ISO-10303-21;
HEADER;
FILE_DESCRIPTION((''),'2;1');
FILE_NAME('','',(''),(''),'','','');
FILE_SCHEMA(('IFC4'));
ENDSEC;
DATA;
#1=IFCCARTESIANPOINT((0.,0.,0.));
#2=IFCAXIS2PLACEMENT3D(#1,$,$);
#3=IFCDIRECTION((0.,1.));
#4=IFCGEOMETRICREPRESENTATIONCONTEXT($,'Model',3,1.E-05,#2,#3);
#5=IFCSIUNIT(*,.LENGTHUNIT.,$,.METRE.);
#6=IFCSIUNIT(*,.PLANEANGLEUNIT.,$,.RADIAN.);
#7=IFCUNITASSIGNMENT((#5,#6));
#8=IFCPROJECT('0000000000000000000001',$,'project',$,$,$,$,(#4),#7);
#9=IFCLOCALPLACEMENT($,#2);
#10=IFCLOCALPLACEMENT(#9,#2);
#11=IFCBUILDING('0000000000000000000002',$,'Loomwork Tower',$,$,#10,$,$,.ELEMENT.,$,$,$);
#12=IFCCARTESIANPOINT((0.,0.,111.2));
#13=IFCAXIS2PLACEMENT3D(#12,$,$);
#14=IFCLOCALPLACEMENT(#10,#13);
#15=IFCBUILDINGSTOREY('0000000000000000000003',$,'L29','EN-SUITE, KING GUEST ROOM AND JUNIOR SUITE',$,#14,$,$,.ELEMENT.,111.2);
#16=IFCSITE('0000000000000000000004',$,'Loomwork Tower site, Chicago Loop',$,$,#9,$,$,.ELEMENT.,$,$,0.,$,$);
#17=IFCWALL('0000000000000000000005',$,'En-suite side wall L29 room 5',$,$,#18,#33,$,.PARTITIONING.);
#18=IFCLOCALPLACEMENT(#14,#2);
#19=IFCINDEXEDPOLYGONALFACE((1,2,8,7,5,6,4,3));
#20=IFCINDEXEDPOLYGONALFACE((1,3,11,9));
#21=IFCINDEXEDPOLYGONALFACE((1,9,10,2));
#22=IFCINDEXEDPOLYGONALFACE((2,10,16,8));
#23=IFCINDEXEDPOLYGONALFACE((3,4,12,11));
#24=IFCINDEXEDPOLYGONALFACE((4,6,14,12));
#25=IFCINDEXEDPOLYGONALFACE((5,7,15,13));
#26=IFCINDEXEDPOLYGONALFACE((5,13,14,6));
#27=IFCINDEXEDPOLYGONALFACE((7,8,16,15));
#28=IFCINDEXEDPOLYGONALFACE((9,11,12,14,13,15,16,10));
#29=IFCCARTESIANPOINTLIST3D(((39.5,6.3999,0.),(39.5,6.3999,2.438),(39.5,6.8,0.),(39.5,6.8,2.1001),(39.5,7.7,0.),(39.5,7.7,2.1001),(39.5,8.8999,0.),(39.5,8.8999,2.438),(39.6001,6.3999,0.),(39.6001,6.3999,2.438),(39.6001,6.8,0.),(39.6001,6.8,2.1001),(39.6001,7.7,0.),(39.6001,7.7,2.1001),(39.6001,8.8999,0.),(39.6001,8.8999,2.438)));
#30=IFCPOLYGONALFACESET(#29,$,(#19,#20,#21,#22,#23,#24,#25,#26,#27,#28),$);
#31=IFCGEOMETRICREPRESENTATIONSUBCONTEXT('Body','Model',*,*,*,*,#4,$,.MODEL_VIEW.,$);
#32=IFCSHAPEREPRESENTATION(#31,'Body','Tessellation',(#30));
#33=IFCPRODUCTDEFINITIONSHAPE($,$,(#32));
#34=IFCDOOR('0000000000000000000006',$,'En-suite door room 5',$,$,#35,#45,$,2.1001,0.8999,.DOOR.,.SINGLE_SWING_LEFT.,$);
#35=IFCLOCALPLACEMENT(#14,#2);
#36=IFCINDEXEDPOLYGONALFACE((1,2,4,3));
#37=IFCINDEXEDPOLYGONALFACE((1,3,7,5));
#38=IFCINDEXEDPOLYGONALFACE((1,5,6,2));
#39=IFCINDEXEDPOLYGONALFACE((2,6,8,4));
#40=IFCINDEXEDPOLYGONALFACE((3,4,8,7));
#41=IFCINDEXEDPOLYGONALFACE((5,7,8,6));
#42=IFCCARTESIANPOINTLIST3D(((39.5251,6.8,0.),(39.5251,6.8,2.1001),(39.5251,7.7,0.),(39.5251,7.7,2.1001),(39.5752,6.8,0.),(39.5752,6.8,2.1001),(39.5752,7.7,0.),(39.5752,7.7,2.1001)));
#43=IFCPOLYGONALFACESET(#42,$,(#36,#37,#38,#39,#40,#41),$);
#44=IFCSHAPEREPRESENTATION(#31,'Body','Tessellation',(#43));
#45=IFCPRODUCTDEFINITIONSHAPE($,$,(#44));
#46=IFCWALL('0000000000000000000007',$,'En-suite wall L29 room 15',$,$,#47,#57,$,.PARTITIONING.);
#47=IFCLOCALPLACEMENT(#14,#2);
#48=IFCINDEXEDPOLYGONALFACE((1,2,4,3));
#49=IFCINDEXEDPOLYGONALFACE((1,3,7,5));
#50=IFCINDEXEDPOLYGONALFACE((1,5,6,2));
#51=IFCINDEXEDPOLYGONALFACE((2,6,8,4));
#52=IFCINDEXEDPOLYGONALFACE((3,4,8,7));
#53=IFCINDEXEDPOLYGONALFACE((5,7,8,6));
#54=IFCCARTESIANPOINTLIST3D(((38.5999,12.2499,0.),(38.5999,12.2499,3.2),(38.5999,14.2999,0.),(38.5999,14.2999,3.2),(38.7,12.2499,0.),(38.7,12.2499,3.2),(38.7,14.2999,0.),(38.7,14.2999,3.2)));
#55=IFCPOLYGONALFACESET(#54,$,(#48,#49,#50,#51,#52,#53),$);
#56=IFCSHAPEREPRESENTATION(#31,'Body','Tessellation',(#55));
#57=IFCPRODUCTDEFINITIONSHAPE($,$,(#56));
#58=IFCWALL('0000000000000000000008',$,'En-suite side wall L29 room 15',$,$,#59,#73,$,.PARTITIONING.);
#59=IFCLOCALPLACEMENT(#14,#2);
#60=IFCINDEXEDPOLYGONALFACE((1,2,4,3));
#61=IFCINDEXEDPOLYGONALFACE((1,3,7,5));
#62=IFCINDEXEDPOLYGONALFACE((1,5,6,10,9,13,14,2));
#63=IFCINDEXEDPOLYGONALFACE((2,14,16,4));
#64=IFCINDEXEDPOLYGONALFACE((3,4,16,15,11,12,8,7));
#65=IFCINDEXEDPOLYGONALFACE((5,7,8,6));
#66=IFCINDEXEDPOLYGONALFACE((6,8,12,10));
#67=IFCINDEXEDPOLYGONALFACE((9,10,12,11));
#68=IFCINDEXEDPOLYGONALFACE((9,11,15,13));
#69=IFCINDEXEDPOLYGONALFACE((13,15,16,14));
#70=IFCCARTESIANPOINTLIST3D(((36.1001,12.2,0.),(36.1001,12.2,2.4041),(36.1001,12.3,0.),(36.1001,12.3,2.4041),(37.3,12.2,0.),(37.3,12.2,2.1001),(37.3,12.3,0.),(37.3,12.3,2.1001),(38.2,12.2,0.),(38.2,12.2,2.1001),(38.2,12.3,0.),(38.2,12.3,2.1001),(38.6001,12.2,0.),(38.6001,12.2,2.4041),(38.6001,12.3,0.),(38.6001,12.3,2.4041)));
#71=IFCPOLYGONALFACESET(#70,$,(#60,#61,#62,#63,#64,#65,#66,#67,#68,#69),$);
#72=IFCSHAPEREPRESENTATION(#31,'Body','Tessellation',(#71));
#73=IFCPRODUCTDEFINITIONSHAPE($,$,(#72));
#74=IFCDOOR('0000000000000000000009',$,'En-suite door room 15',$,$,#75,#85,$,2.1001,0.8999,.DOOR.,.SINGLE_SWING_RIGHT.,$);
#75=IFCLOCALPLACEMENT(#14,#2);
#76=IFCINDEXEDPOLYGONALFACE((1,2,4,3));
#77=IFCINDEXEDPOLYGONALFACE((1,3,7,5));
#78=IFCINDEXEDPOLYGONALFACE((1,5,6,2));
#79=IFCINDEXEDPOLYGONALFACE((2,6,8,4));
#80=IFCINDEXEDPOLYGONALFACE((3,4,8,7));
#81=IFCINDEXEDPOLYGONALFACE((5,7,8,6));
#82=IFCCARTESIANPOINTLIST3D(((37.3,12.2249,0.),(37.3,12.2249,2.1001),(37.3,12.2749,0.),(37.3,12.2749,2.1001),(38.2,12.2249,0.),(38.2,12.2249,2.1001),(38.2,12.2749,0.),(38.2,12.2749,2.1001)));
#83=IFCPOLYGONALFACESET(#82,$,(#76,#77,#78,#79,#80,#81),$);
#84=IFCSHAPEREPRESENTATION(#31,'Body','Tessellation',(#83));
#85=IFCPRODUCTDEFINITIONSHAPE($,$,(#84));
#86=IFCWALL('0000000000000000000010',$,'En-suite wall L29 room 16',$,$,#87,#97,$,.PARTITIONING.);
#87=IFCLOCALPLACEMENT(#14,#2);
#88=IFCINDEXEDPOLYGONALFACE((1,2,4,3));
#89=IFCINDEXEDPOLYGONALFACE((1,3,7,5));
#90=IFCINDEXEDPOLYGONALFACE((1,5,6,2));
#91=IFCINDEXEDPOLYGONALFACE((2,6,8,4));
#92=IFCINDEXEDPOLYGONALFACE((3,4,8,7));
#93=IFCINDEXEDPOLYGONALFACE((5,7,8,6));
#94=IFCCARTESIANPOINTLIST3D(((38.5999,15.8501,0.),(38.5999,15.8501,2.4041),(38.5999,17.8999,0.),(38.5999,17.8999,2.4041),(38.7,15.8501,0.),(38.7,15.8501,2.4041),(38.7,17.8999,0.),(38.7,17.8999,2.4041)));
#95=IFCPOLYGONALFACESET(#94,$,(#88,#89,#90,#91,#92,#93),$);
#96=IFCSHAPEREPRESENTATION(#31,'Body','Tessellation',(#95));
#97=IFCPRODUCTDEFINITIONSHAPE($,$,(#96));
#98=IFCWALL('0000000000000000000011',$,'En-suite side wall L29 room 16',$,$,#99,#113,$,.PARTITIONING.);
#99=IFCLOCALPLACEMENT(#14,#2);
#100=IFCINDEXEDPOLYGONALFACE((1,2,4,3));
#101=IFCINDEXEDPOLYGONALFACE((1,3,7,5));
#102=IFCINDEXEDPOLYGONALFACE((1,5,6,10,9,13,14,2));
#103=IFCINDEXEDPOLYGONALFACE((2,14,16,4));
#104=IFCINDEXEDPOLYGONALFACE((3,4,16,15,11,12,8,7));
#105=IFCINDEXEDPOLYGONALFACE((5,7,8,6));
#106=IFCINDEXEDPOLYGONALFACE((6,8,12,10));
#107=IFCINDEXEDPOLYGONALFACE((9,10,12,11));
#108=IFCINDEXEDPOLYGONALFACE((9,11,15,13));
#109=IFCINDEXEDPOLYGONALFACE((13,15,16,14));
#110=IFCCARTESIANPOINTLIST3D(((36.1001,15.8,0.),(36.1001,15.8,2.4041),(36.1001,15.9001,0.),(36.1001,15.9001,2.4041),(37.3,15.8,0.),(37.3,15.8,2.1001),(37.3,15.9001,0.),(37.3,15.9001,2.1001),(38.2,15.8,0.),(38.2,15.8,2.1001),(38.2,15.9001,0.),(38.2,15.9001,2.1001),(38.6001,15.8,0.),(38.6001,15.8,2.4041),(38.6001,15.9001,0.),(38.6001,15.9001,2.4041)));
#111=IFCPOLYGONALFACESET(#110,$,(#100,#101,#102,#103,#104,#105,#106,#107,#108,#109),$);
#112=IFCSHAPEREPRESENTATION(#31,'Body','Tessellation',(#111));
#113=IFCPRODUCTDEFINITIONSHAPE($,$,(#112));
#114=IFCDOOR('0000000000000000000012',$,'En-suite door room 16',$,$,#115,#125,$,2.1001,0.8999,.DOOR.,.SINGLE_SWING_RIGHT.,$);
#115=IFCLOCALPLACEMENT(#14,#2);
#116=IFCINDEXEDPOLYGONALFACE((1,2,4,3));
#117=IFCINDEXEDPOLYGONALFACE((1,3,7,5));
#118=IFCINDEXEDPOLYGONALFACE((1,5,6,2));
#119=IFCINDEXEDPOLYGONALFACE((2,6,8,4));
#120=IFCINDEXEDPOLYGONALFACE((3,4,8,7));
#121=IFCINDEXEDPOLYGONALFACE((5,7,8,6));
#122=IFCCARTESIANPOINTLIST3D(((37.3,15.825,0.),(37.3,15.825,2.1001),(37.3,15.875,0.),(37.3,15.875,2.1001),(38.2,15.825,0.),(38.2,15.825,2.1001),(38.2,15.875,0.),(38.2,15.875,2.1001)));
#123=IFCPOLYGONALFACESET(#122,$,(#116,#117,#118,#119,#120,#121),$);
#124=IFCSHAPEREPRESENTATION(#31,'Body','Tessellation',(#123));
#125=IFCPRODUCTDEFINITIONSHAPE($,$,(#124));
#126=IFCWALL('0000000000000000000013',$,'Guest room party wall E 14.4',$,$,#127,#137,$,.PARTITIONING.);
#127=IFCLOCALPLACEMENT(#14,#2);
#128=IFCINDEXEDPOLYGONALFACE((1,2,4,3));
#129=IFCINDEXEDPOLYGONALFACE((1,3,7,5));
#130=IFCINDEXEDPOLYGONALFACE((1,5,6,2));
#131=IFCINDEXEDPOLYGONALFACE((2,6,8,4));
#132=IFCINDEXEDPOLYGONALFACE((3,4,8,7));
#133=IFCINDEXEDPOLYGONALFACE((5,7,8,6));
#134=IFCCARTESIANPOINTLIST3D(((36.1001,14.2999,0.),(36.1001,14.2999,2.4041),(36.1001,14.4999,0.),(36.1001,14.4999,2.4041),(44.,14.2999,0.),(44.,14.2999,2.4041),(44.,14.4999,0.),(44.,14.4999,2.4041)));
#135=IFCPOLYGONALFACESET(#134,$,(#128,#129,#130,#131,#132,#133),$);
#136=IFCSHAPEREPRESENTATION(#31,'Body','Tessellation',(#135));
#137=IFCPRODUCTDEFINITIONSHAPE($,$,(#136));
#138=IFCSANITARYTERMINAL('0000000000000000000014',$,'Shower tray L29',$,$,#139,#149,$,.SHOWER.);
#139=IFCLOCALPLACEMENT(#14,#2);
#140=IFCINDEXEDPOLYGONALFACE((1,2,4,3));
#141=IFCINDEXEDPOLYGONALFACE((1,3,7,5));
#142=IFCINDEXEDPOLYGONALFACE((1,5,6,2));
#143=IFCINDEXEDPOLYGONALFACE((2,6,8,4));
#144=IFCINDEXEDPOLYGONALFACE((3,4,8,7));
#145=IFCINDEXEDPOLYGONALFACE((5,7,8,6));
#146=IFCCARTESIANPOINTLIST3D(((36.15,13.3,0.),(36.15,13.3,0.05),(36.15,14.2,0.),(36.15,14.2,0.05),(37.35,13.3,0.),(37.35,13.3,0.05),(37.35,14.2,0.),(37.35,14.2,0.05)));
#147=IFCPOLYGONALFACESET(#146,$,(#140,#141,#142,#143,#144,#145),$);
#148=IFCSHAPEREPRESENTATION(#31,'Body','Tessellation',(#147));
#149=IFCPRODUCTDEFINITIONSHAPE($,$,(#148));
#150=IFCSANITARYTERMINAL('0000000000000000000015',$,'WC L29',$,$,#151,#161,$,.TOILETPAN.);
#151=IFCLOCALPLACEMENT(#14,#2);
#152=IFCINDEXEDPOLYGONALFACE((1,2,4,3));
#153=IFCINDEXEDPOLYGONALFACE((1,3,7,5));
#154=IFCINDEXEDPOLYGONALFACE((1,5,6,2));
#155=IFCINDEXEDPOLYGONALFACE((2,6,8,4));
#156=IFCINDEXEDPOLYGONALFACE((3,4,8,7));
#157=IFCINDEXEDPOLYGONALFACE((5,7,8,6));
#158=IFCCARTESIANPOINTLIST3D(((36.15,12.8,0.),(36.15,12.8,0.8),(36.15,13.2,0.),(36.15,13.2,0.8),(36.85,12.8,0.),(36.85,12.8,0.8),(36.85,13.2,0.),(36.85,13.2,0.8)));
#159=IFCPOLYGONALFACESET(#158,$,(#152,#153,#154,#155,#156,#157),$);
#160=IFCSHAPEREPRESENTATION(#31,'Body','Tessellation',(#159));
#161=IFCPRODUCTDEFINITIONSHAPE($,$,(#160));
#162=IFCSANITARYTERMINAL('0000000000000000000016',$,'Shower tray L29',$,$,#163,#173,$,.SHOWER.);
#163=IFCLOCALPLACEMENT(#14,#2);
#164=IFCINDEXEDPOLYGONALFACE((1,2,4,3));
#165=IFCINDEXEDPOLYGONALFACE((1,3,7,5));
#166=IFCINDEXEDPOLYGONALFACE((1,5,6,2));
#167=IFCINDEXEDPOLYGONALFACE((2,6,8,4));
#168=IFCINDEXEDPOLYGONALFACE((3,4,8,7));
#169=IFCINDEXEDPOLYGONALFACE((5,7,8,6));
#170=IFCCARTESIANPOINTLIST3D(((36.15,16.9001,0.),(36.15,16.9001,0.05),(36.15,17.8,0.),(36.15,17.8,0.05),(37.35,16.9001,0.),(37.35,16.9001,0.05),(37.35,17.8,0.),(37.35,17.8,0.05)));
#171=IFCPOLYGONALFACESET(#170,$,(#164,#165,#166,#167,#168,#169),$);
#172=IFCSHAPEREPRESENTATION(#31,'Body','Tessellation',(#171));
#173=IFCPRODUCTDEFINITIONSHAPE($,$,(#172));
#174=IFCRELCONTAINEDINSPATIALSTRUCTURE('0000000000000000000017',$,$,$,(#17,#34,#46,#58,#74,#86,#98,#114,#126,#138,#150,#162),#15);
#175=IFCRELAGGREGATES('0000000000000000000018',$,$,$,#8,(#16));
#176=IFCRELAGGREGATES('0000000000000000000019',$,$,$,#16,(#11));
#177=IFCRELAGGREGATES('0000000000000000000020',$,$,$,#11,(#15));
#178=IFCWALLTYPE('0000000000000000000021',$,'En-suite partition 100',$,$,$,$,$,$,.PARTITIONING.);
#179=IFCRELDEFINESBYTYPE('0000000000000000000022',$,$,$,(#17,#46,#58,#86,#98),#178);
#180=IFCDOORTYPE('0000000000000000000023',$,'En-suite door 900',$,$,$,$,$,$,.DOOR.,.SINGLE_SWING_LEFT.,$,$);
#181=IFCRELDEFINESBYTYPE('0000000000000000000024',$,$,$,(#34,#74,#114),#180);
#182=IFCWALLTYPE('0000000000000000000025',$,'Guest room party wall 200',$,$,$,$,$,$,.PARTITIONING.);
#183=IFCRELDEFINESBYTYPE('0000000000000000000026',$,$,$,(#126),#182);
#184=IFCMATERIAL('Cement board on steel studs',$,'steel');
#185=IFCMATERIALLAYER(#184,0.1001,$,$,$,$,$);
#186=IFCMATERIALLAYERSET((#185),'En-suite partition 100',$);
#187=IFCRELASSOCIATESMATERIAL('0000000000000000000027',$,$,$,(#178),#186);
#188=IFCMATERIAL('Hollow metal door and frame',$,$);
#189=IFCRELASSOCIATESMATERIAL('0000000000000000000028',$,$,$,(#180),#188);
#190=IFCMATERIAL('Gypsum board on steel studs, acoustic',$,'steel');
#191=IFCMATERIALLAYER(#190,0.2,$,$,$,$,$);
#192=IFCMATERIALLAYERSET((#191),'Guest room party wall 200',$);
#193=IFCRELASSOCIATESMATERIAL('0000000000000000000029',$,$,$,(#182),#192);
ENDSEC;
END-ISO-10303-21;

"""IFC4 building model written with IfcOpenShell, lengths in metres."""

from ifc_helpers import new_model, si_unit, direction, frame, frame_2d, origin, origin_2d, place, context, subcontext, project, spatial, rectangle, extrude, material, layer, layer_set, type_object, element, fill, save


model = new_model("IFC4")

# Units and contexts
model_context = context("Model", 3, precision=1e-05, world=origin(), true_north=direction((0.0, 1.0)))
body_context = subcontext(model_context, "Body", "Model", "MODEL_VIEW")
ifc_project = project(units=[si_unit("LENGTHUNIT", "METRE"), si_unit("PLANEANGLEUNIT", "RADIAN")], contexts=[model_context])

# Site, building, storey
site_placement = place(None, origin())
site = spatial("IfcSite", under=ifc_project, at=site_placement, Name="Loomwork Tower site, Chicago Loop", CompositionType="ELEMENT", RefElevation=0.0)
building_placement = place(site_placement, origin())
building = spatial("IfcBuilding", under=site, at=building_placement, Name="Loomwork Tower", CompositionType="ELEMENT")
storey_placement = place(building_placement, frame((0.0, 0.0, 111.2)))
storey = spatial("IfcBuildingStorey", under=building, at=storey_placement, Name="L29", Description="EN-SUITE, KING GUEST ROOM AND JUNIOR SUITE", CompositionType="ELEMENT", Elevation=111.2)

# Wall, opening, door
ifc_material_1 = material(Name="Cement board on steel studs", Category="steel")
ifc_layer_1 = layer(ifc_material_1, 0.1001)
ifc_layer_set_1 = layer_set([ifc_layer_1], Name="En-suite partition 100")
wall_type_1 = type_object("IfcWallType", Name="En-suite partition 100", PredefinedType="PARTITIONING", material=ifc_layer_set_1)
wall_1_placement = place(storey_placement, frame((39.55, 8.8999, 0.0), z_axis=(0.0, 0.0, 1.0), x_axis=(0.0, -1.0, 0.0)))
wall_1 = element("IfcWall", 1, at=wall_1_placement, inside=storey, type_object=wall_type_1, Name="En-suite side wall L29 room 5", PredefinedType="PARTITIONING", context=body_context, shape_type="SweptSolid", body=[
    extrude(rectangle(XDim=2.5, YDim=0.1001, at=frame_2d((1.25, 0.0))), origin(), (0.0, 0.0, 1.0), 2.438),
])
opening_1_placement = place(wall_1_placement, frame((1.2, 0.0, 0.0)))
opening_1 = element("IfcOpeningElement", 2, at=opening_1_placement, cuts=wall_1, PredefinedType="OPENING", context=body_context, shape_type="SweptSolid", body=[
    extrude(rectangle(XDim=0.8999, YDim=2.1001, at=frame_2d((0.45, 1.05))), frame((0.0, 0.0601, 0.0), z_axis=(0.0, -1.0, 0.0), x_axis=(1.0, 0.0, 0.0)), (0.0, 0.0, 1.0), 0.1201),
])
ifc_material_2 = material(Name="Hollow metal door and frame")
door_type_1 = type_object("IfcDoorType", Name="En-suite door 900", OperationType="SINGLE_SWING_LEFT", PredefinedType="DOOR", material=ifc_material_2)
door_1_placement = place(opening_1_placement, frame((0.8999, 0.0, 0.0), z_axis=(0.0, 0.0, 1.0), x_axis=(-1.0, 0.0, 0.0)))
door_1 = element("IfcDoor", 3, at=door_1_placement, inside=storey, type_object=door_type_1, Name="En-suite door room 5", OperationType="SINGLE_SWING_LEFT", OverallHeight=2.1001, OverallWidth=0.8999, PredefinedType="DOOR", context=body_context, shape_type="SweptSolid", body=[
    extrude(rectangle(XDim=0.8999, YDim=2.1001, at=frame_2d((0.45, 1.05))), frame((0.0, 0.0249, 0.0), z_axis=(0.0, -1.0, 0.0), x_axis=(1.0, 0.0, 0.0)), (0.0, 0.0, 1.0), 0.05),
])
fill(opening_1, door_1)

# Wall
wall_2_placement = place(storey_placement, frame((38.6499, 12.25, 0.0), z_axis=(0.0, 0.0, 1.0), x_axis=(0.0, 1.0, 0.0)))
element("IfcWall", 4, at=wall_2_placement, inside=storey, type_object=wall_type_1, Name="En-suite wall L29 room 15", PredefinedType="PARTITIONING", context=body_context, shape_type="SweptSolid", body=[
    extrude(rectangle(XDim=2.05, YDim=0.1001, at=frame_2d((1.0249, 0.0))), origin(), (0.0, 0.0, 1.0), 3.2),
])

# Wall, opening, door
wall_3_placement = place(storey_placement, frame((36.1001, 12.25, 0.0), z_axis=(0.0, 0.0, 1.0), x_axis=(1.0, 0.0, 0.0)))
wall_3 = element("IfcWall", 5, at=wall_3_placement, inside=storey, type_object=wall_type_1, Name="En-suite side wall L29 room 15", PredefinedType="PARTITIONING", context=body_context, shape_type="SweptSolid", body=[
    extrude(rectangle(XDim=2.5, YDim=0.1001, at=frame_2d((1.25, 0.0))), origin(), (0.0, 0.0, 1.0), 2.4041),
])
opening_2_placement = place(wall_3_placement, frame((1.2, 0.0, 0.0)))
opening_2 = element("IfcOpeningElement", 6, at=opening_2_placement, cuts=wall_3, PredefinedType="OPENING", context=body_context, shape_type="SweptSolid", body=[
    extrude(rectangle(XDim=0.8999, YDim=2.1001, at=frame_2d((0.45, 1.05))), frame((0.0, 0.0601, 0.0), z_axis=(0.0, -1.0, 0.0), x_axis=(1.0, 0.0, 0.0)), (0.0, 0.0, 1.0), 0.1201),
])
door_2_placement = place(opening_2_placement, origin())
door_2 = element("IfcDoor", 7, at=door_2_placement, inside=storey, type_object=door_type_1, Name="En-suite door room 15", OperationType="SINGLE_SWING_RIGHT", OverallHeight=2.1001, OverallWidth=0.8999, PredefinedType="DOOR", context=body_context, shape_type="SweptSolid", body=[
    extrude(rectangle(XDim=0.8999, YDim=2.1001, at=frame_2d((0.45, 1.05))), frame((0.0, 0.0249, 0.0), z_axis=(0.0, -1.0, 0.0), x_axis=(1.0, 0.0, 0.0)), (0.0, 0.0, 1.0), 0.05),
])
fill(opening_2, door_2)

# Wall
wall_4_placement = place(storey_placement, frame((38.6499, 15.8501, 0.0), z_axis=(0.0, 0.0, 1.0), x_axis=(0.0, 1.0, 0.0)))
element("IfcWall", 8, at=wall_4_placement, inside=storey, type_object=wall_type_1, Name="En-suite wall L29 room 16", PredefinedType="PARTITIONING", context=body_context, shape_type="SweptSolid", body=[
    extrude(rectangle(XDim=2.0498, YDim=0.1001, at=frame_2d((1.0249, 0.0))), origin(), (0.0, 0.0, 1.0), 2.4041),
])

# Wall, opening, door
wall_5_placement = place(storey_placement, frame((36.1001, 15.8501, 0.0), z_axis=(0.0, 0.0, 1.0), x_axis=(1.0, 0.0, 0.0)))
wall_5 = element("IfcWall", 9, at=wall_5_placement, inside=storey, type_object=wall_type_1, Name="En-suite side wall L29 room 16", PredefinedType="PARTITIONING", context=body_context, shape_type="SweptSolid", body=[
    extrude(rectangle(XDim=2.5, YDim=0.1001, at=frame_2d((1.25, 0.0))), origin(), (0.0, 0.0, 1.0), 2.4041),
])
opening_3_placement = place(wall_5_placement, frame((1.2, 0.0, 0.0)))
opening_3 = element("IfcOpeningElement", 10, at=opening_3_placement, cuts=wall_5, PredefinedType="OPENING", context=body_context, shape_type="SweptSolid", body=[
    extrude(rectangle(XDim=0.8999, YDim=2.1001, at=frame_2d((0.45, 1.05))), frame((0.0, 0.0601, 0.0), z_axis=(0.0, -1.0, 0.0), x_axis=(1.0, 0.0, 0.0)), (0.0, 0.0, 1.0), 0.1201),
])
door_3_placement = place(opening_3_placement, origin())
door_3 = element("IfcDoor", 11, at=door_3_placement, inside=storey, type_object=door_type_1, Name="En-suite door room 16", OperationType="SINGLE_SWING_RIGHT", OverallHeight=2.1001, OverallWidth=0.8999, PredefinedType="DOOR", context=body_context, shape_type="SweptSolid", body=[
    extrude(rectangle(XDim=0.8999, YDim=2.1001, at=frame_2d((0.45, 1.05))), frame((0.0, 0.0249, 0.0), z_axis=(0.0, -1.0, 0.0), x_axis=(1.0, 0.0, 0.0)), (0.0, 0.0, 1.0), 0.05),
])
fill(opening_3, door_3)

# Wall
ifc_material_3 = material(Name="Gypsum board on steel studs, acoustic", Category="steel")
ifc_layer_2 = layer(ifc_material_3, 0.2)
ifc_layer_set_2 = layer_set([ifc_layer_2], Name="Guest room party wall 200")
wall_type_2 = type_object("IfcWallType", Name="Guest room party wall 200", PredefinedType="PARTITIONING", material=ifc_layer_set_2)
wall_6_placement = place(storey_placement, frame((36.1001, 14.3999, 0.0), z_axis=(0.0, 0.0, 1.0), x_axis=(1.0, 0.0, 0.0)))
element("IfcWall", 12, at=wall_6_placement, inside=storey, type_object=wall_type_2, Name="Guest room party wall E 14.4", PredefinedType="PARTITIONING", context=body_context, shape_type="SweptSolid", body=[
    extrude(rectangle(XDim=7.8999, YDim=0.2, at=frame_2d((3.95, 0.0))), origin(), (0.0, 0.0, 1.0), 2.4041),
])

# Sanitary terminals
sanitary_terminal_1_placement = place(storey_placement, frame((36.75, 13.75, 0.0), z_axis=(0.0, 0.0, 1.0), x_axis=(1.0, 0.0, 0.0)))
element("IfcSanitaryTerminal", 13, at=sanitary_terminal_1_placement, inside=storey, Name="Shower tray L29", PredefinedType="SHOWER", context=body_context, shape_type="SweptSolid", body=[
    extrude(rectangle(XDim=1.2, YDim=0.8999, at=origin_2d()), origin(), (0.0, 0.0, 1.0), 0.05),
])
sanitary_terminal_2_placement = place(storey_placement, frame((36.5, 13.0, 0.0), z_axis=(0.0, 0.0, 1.0), x_axis=(1.0, 0.0, 0.0)))
element("IfcSanitaryTerminal", 14, at=sanitary_terminal_2_placement, inside=storey, Name="WC L29", PredefinedType="TOILETPAN", context=body_context, shape_type="SweptSolid", body=[
    extrude(rectangle(XDim=0.7, YDim=0.3999, at=origin_2d()), origin(), (0.0, 0.0, 1.0), 0.8),
])
sanitary_terminal_3_placement = place(storey_placement, frame((36.75, 17.3501, 0.0), z_axis=(0.0, 0.0, 1.0), x_axis=(1.0, 0.0, 0.0)))
element("IfcSanitaryTerminal", 15, at=sanitary_terminal_3_placement, inside=storey, Name="Shower tray L29", PredefinedType="SHOWER", context=body_context, shape_type="SweptSolid", body=[
    extrude(rectangle(XDim=1.2, YDim=0.8999, at=origin_2d()), origin(), (0.0, 0.0, 1.0), 0.05),
])

save(model, "model.ifc")
